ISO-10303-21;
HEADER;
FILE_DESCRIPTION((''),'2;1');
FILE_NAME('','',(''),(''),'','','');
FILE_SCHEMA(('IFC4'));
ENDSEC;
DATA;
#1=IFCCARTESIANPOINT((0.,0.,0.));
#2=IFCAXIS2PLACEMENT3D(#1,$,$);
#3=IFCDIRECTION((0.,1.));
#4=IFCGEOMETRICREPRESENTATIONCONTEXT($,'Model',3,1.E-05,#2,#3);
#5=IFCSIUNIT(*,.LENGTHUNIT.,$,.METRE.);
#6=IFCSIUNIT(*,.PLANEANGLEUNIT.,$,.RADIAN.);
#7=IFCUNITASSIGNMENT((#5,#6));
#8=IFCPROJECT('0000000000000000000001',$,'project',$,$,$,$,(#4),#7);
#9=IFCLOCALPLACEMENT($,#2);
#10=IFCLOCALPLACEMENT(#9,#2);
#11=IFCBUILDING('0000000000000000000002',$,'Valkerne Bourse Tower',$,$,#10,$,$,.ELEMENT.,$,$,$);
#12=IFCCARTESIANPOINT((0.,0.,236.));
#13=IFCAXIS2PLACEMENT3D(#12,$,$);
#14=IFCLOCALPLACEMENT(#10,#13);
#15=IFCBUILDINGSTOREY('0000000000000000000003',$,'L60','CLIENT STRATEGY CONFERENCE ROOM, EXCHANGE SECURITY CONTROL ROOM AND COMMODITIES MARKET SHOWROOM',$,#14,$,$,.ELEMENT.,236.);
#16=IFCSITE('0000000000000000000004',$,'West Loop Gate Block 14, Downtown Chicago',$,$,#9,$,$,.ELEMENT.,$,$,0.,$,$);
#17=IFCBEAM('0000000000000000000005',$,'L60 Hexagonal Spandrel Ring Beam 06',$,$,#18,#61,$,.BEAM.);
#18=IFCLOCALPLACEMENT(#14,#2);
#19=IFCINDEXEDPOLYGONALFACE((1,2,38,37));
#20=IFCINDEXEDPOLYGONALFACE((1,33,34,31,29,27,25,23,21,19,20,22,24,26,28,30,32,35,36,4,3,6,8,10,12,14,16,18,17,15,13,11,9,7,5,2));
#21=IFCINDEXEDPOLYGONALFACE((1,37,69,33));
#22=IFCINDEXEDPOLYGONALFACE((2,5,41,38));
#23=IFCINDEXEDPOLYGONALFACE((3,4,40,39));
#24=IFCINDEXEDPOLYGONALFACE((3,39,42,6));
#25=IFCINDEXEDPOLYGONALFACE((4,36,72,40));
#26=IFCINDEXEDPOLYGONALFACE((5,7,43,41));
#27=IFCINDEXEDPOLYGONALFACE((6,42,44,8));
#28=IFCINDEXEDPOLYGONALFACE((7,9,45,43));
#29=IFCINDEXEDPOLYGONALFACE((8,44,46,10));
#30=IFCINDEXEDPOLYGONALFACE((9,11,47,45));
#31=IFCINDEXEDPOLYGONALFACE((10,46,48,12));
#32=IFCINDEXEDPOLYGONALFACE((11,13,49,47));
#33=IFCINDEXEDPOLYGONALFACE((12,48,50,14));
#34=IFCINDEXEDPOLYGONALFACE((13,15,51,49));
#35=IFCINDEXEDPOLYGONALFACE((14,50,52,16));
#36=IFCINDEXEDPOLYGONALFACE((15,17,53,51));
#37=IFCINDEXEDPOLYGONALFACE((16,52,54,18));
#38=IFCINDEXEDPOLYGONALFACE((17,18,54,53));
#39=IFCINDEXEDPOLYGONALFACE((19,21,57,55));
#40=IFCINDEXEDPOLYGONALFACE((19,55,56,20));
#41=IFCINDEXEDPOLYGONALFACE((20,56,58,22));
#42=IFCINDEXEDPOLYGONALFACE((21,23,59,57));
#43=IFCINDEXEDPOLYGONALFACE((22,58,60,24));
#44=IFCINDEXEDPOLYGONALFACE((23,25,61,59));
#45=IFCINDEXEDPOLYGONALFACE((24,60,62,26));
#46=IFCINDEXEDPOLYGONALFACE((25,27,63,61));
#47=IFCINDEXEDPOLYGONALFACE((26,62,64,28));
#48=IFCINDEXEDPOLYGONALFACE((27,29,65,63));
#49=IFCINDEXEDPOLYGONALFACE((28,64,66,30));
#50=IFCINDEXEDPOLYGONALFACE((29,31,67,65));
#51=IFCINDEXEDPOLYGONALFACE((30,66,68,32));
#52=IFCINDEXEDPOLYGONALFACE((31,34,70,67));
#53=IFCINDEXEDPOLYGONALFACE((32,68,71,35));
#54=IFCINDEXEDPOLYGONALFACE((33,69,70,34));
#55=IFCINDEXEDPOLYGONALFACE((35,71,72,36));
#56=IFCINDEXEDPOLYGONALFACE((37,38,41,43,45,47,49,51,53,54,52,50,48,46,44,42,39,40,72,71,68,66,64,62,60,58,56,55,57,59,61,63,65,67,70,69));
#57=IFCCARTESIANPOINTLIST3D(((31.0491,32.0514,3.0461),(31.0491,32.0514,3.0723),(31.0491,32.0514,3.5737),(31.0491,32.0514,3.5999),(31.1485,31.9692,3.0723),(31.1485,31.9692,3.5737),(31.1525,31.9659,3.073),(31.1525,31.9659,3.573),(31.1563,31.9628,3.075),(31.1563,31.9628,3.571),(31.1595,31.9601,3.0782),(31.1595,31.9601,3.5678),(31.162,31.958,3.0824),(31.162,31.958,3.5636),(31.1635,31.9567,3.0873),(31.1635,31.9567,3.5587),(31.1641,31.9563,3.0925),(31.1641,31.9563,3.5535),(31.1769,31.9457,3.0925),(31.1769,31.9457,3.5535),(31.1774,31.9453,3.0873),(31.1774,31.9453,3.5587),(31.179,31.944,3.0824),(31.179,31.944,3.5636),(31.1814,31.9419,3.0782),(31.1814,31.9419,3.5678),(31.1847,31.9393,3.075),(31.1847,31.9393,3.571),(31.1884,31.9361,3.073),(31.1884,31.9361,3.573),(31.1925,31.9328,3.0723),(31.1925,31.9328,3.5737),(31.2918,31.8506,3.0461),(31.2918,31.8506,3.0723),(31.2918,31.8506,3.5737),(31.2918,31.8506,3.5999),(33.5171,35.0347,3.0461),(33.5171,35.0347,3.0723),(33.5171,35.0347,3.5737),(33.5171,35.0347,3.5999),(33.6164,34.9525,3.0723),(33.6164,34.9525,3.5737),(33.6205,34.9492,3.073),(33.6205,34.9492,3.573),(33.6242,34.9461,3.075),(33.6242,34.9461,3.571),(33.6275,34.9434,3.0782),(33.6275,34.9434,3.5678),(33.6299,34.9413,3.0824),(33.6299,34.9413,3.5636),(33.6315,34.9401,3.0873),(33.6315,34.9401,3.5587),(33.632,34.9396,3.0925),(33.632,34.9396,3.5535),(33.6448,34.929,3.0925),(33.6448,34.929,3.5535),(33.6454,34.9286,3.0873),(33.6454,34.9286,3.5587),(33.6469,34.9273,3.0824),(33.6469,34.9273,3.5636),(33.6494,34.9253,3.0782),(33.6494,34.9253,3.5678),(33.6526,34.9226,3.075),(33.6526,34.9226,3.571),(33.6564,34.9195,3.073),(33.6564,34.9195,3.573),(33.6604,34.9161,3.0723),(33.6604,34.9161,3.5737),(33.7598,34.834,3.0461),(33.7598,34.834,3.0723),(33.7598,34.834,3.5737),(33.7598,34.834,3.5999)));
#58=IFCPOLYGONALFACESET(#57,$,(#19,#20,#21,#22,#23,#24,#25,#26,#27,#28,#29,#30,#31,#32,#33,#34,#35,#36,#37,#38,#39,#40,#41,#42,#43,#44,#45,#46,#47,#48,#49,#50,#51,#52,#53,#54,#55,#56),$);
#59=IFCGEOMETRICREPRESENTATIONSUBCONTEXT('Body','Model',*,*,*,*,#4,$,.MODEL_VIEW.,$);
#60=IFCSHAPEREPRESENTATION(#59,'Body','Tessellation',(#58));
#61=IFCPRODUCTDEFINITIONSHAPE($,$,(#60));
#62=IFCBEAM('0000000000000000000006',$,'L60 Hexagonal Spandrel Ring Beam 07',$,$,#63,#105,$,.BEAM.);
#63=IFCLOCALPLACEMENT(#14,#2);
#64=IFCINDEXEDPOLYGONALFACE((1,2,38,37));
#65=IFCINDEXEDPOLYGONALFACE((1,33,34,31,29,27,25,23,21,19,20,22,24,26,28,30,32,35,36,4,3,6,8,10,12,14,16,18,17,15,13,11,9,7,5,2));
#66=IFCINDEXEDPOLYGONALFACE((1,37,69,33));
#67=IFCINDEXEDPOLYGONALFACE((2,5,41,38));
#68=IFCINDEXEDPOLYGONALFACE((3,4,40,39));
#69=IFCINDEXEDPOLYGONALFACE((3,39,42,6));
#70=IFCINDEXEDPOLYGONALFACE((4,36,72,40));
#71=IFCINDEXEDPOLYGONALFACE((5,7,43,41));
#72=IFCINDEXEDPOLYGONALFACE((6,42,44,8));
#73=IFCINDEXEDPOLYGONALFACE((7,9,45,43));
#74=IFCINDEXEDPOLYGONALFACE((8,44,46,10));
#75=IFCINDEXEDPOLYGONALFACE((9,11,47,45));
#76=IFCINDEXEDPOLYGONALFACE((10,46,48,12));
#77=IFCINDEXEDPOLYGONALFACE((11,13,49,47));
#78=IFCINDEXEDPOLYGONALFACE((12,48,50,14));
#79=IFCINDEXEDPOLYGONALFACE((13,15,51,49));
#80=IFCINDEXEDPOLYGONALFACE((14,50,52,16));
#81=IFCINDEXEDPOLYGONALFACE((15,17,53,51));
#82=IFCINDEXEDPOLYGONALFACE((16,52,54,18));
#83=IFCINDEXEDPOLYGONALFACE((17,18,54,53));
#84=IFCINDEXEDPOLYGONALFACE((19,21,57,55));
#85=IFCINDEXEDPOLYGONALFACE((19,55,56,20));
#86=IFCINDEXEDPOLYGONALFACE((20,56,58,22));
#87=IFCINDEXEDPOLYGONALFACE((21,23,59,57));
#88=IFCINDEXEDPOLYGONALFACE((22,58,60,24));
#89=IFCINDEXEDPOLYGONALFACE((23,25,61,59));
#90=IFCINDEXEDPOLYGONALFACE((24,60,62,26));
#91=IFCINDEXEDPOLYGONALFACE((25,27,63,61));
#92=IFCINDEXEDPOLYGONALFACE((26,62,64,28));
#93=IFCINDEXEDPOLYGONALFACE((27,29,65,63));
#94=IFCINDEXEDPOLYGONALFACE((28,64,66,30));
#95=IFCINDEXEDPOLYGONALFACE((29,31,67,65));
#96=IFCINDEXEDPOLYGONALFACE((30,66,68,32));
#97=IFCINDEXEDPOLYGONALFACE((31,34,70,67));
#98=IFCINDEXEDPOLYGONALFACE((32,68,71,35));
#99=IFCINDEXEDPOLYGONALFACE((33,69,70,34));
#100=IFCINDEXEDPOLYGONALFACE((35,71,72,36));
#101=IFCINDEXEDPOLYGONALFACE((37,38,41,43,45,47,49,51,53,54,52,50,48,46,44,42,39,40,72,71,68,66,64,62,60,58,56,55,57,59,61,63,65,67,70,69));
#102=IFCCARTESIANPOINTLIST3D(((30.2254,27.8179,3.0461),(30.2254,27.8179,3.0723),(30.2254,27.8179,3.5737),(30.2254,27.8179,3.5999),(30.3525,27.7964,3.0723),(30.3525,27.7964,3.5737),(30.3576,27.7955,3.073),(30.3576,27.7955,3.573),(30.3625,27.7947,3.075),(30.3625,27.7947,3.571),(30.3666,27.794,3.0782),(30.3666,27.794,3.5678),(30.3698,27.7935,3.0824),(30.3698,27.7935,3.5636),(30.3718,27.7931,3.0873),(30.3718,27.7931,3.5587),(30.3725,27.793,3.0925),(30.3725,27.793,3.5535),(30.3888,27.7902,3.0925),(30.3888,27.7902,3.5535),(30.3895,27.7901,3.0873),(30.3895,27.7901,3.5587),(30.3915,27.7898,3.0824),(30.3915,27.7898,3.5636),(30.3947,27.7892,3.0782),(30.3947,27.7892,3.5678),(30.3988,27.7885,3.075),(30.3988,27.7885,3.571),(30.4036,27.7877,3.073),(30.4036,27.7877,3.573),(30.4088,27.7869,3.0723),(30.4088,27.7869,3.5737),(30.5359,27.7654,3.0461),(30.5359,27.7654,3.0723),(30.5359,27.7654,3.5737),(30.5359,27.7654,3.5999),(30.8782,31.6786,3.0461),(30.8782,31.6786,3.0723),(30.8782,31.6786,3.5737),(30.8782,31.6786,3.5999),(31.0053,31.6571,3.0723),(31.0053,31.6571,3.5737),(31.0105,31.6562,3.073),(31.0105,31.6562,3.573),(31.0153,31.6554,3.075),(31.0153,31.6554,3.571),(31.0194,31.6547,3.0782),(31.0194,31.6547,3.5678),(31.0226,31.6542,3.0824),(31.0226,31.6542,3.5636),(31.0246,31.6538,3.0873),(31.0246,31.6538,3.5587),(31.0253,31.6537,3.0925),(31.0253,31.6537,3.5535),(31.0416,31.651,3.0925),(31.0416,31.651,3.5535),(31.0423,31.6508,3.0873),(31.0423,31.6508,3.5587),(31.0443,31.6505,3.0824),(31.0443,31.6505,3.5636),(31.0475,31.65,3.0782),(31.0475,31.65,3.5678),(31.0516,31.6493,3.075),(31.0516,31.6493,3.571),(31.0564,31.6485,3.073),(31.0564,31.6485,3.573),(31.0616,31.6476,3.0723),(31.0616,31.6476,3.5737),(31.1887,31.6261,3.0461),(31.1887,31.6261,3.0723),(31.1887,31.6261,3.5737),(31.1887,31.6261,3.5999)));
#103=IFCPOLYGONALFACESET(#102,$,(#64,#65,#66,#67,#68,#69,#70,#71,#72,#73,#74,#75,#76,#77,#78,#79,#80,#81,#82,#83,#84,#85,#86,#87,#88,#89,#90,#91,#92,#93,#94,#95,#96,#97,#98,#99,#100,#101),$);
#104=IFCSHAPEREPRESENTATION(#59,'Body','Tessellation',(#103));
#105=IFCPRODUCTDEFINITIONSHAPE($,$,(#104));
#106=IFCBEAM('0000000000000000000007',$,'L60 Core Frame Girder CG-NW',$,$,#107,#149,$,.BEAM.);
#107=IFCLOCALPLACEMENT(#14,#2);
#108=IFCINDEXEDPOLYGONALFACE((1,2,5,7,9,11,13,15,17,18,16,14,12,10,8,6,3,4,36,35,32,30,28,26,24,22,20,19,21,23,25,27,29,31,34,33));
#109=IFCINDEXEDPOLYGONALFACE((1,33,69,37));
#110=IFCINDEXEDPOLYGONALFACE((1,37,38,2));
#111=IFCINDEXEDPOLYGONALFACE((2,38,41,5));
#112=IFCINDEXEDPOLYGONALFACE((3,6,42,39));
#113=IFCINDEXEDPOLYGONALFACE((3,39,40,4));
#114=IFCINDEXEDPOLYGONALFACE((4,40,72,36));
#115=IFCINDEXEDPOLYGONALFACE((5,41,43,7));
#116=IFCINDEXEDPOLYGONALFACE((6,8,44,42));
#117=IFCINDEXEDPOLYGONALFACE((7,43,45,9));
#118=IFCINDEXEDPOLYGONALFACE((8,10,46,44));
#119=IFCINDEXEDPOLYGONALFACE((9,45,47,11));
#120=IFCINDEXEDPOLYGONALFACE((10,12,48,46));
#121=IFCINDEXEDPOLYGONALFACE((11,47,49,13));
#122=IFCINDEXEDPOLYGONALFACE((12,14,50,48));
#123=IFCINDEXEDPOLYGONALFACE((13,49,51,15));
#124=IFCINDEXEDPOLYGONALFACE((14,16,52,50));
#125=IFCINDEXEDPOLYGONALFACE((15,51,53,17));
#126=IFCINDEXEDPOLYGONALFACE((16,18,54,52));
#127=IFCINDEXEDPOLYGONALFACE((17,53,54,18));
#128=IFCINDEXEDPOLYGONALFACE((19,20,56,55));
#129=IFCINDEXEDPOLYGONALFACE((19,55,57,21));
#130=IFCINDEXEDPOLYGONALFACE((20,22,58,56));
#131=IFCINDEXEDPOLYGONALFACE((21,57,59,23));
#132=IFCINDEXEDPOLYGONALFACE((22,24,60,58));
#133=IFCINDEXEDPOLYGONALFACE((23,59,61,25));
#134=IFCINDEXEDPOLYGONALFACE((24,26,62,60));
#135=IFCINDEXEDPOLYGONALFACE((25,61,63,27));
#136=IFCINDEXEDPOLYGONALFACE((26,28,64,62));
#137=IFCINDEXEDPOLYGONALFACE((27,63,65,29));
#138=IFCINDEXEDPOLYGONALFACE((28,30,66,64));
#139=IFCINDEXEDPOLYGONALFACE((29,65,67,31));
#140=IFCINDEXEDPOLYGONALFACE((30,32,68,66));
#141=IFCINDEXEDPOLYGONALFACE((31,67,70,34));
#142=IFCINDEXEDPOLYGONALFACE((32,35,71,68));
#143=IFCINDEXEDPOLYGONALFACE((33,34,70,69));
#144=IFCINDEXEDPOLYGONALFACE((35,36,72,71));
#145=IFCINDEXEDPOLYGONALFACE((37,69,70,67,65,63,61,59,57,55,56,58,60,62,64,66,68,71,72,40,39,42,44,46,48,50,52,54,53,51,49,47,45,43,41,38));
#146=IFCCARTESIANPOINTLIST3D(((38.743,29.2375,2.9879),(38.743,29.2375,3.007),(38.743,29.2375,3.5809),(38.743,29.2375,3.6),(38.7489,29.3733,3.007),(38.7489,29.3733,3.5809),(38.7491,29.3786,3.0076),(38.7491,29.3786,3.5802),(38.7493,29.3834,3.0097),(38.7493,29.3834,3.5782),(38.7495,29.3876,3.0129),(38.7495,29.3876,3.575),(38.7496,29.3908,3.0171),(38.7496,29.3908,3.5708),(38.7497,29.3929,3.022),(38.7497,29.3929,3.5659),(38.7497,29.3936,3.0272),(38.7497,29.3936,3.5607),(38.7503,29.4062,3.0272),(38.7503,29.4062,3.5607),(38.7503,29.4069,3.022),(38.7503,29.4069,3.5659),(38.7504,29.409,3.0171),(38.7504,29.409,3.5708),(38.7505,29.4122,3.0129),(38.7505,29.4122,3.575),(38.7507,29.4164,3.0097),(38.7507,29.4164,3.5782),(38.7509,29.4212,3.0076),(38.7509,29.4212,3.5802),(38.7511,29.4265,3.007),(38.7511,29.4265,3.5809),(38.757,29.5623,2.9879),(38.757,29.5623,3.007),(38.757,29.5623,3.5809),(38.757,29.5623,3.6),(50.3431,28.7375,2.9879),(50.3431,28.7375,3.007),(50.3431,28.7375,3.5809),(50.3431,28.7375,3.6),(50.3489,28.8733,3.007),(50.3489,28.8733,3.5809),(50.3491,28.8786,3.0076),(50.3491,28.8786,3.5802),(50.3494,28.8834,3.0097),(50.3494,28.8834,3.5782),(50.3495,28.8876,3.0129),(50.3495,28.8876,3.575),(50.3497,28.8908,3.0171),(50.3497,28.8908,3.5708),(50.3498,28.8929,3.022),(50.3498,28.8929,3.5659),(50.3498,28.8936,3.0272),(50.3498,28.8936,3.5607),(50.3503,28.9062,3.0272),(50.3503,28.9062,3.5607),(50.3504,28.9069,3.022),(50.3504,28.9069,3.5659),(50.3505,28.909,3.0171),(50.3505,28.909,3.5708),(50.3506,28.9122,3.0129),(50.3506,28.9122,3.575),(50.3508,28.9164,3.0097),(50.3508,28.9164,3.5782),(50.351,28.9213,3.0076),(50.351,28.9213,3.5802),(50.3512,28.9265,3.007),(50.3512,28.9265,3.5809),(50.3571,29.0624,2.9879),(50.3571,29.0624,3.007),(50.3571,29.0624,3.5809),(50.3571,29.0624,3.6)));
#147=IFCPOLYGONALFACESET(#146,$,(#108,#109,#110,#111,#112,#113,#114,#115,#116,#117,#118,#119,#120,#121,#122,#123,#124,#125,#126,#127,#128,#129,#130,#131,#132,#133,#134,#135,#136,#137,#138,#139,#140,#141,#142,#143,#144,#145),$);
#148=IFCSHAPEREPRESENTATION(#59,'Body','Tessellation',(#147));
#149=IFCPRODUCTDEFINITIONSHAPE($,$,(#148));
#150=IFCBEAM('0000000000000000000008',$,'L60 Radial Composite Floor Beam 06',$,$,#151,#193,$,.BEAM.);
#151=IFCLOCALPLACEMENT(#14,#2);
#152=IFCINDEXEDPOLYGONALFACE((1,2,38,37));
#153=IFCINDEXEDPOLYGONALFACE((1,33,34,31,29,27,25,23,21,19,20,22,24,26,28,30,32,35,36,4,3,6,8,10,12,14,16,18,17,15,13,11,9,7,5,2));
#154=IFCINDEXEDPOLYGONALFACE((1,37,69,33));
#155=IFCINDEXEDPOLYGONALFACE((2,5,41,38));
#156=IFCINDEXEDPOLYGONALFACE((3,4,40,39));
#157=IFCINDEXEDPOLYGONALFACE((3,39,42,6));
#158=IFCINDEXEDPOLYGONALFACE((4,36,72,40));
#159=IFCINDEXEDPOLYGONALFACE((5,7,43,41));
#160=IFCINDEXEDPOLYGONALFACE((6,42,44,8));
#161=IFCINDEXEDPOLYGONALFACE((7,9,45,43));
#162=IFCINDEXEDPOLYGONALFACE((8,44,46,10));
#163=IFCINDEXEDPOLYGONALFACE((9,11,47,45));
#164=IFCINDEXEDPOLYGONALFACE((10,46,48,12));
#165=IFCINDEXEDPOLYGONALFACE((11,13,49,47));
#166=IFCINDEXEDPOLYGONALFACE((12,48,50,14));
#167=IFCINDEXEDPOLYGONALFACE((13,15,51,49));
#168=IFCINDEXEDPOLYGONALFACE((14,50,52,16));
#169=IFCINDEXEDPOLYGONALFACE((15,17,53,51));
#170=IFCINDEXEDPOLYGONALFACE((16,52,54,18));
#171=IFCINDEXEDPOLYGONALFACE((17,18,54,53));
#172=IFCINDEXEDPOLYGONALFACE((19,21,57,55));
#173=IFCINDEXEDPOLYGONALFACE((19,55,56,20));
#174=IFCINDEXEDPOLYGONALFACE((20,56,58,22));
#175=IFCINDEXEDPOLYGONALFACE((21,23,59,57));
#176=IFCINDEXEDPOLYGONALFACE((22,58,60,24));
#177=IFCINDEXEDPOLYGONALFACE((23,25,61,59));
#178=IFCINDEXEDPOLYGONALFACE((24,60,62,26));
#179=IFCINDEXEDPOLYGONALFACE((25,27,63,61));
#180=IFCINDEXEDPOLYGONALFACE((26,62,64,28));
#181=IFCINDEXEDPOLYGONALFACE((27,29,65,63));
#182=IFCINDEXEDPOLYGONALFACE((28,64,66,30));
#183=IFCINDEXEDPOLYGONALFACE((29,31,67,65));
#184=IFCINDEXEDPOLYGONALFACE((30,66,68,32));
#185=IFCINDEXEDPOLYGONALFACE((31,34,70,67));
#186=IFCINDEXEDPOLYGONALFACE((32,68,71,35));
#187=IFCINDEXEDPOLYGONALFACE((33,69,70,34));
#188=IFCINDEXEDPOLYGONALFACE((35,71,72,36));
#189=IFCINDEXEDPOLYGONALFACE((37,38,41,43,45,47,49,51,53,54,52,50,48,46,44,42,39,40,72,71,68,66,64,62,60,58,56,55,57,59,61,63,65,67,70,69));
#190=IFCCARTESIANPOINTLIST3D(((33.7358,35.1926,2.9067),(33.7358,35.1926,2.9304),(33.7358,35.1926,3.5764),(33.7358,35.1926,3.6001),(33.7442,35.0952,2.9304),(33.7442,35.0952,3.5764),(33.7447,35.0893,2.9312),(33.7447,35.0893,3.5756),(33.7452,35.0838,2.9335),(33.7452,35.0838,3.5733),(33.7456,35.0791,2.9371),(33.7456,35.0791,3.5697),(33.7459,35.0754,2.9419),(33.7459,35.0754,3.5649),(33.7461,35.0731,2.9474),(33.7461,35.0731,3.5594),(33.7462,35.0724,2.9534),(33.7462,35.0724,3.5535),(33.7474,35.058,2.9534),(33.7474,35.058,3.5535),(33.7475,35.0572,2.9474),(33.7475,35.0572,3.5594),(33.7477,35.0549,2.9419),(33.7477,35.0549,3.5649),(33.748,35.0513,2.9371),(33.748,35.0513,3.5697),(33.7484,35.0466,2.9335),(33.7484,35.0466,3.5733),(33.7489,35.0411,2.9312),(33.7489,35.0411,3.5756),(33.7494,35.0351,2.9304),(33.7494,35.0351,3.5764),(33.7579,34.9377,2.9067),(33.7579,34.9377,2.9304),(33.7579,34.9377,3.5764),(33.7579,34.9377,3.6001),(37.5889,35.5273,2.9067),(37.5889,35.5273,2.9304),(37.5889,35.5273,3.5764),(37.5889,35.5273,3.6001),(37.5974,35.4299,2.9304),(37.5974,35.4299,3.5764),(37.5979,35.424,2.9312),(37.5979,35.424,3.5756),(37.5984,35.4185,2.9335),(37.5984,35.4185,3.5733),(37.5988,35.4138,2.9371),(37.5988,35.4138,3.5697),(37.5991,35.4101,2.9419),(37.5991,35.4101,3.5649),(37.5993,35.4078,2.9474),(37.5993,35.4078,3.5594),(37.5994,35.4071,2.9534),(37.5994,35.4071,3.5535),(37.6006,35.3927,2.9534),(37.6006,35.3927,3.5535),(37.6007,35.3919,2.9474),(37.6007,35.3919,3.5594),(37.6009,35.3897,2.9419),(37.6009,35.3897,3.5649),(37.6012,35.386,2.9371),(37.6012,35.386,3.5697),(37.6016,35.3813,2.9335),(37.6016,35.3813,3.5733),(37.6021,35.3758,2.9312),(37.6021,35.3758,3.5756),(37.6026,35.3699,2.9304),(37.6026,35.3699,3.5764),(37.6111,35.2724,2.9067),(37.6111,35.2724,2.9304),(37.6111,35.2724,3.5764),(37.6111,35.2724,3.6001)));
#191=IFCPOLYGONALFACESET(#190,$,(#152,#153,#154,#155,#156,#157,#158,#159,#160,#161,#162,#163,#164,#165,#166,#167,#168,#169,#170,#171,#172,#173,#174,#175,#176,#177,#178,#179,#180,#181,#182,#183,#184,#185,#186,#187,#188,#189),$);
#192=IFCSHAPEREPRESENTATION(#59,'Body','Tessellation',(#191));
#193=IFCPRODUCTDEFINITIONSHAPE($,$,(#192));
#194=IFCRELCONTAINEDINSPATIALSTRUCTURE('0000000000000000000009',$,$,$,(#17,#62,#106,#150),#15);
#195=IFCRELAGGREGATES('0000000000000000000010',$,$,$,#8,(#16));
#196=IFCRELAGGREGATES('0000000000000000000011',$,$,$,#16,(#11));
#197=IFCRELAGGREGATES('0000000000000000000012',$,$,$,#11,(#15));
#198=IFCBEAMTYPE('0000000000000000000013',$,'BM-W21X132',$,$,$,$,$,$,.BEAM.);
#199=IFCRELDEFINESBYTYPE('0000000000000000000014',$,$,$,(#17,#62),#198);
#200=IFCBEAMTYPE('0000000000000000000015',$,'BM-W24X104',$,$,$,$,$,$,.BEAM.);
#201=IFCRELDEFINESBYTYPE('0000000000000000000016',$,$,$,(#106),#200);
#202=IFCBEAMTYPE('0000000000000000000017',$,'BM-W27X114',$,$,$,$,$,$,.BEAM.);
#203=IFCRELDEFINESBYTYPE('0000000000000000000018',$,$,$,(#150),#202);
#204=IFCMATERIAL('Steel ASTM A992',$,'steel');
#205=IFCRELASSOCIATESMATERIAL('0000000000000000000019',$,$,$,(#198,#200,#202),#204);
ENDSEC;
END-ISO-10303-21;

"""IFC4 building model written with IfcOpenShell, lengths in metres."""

from ifc_helpers import new_model, si_unit, direction, frame, origin, origin_2d, place, context, subcontext, project, spatial, i_section, extrude, material, material_profile, profile_set, type_object, element, save


model = new_model("IFC4")

# Units and contexts
model_context = context("Model", 3, precision=1e-05, world=origin(), true_north=direction((0.0, 1.0)))
body_context = subcontext(model_context, "Body", "Model", "MODEL_VIEW")
ifc_project = project(units=[si_unit("LENGTHUNIT", "METRE"), si_unit("PLANEANGLEUNIT", "RADIAN")], contexts=[model_context])

# Site, building, storey
site_placement = place(None, origin())
site = spatial("IfcSite", under=ifc_project, at=site_placement, Name="West Loop Gate Block 14, Downtown Chicago", CompositionType="ELEMENT", RefElevation=0.0)
building_placement = place(site_placement, origin())
building = spatial("IfcBuilding", under=site, at=building_placement, Name="Valkerne Bourse Tower", CompositionType="ELEMENT")
storey_placement = place(building_placement, frame((0.0, 0.0, 236.0)))
storey = spatial("IfcBuildingStorey", under=building, at=storey_placement, Name="L60", Description="CLIENT STRATEGY CONFERENCE ROOM, EXCHANGE SECURITY CONTROL ROOM AND COMMODITIES MARKET SHOWROOM", CompositionType="ELEMENT", Elevation=236.0)

# Beams
ifc_material_1 = material(Name="Steel ASTM A992", Category="steel")
ifc_material_profile_1 = material_profile(ifc_material_1, i_section(OverallWidth=0.3149, OverallDepth=0.5537, WebThickness=0.0166, FlangeThickness=0.0261, FilletRadius=0.0203, at=origin_2d()), Name="W21X132")
ifc_profile_set_1 = profile_set([ifc_material_profile_1], Name="Steel ASTM A992")
beam_type_1 = type_object("IfcBeamType", Name="BM-W21X132", PredefinedType="BEAM", material=ifc_profile_set_1)
beam_1_placement = place(storey_placement, frame((33.6384, 34.9343, 3.323), z_axis=(-0.637414, -0.770521, 0.0), x_axis=(0.770521, -0.637414, 0.0)))
element("IfcBeam", 1, at=beam_1_placement, inside=storey, type_object=beam_type_1, Name="L60 Hexagonal Spandrel Ring Beam 06", PredefinedType="BEAM", context=body_context, shape_type="SweptSolid", body=[
    extrude(i_section(OverallWidth=0.3149, OverallDepth=0.5537, WebThickness=0.0166, FlangeThickness=0.0261, FilletRadius=0.0203, at=origin_2d()), origin(), (0.0, 0.0, 1.0), 3.8718),
])
beam_2_placement = place(storey_placement, frame((31.0334, 31.6523, 3.323), z_axis=(-0.166724, -0.986004, 0.0), x_axis=(0.986004, -0.166724, 0.0)))
element("IfcBeam", 2, at=beam_2_placement, inside=storey, type_object=beam_type_1, Name="L60 Hexagonal Spandrel Ring Beam 07", PredefinedType="BEAM", context=body_context, shape_type="SweptSolid", body=[
    extrude(i_section(OverallWidth=0.3149, OverallDepth=0.5537, WebThickness=0.0166, FlangeThickness=0.0261, FilletRadius=0.0203, at=origin_2d()), origin(), (0.0, 0.0, 1.0), 3.9155),
])
ifc_material_profile_2 = material_profile(ifc_material_1, i_section(OverallWidth=0.3252, OverallDepth=0.6121, WebThickness=0.0127, FlangeThickness=0.019, FilletRadius=0.0203, at=origin_2d()), Name="W24X104")
ifc_profile_set_2 = profile_set([ifc_material_profile_2], Name="Steel ASTM A992")
beam_type_2 = type_object("IfcBeamType", Name="BM-W24X104", PredefinedType="BEAM", material=ifc_profile_set_2)
beam_3_placement = place(storey_placement, frame((38.75, 29.3999, 3.2939), z_axis=(0.999072, -0.043063, 0.0), x_axis=(0.043063, 0.999072, 0.0)))
element("IfcBeam", 3, at=beam_3_placement, inside=storey, type_object=beam_type_2, Name="L60 Core Frame Girder CG-NW", PredefinedType="BEAM", context=body_context, shape_type="SweptSolid", body=[
    extrude(i_section(OverallWidth=0.3252, OverallDepth=0.6121, WebThickness=0.0127, FlangeThickness=0.019, FilletRadius=0.0203, at=origin_2d()), origin(), (0.0, 0.0, 1.0), 11.6108),
])
ifc_material_profile_3 = material_profile(ifc_material_1, i_section(OverallWidth=0.2559, OverallDepth=0.6934, WebThickness=0.0144, FlangeThickness=0.0237, FilletRadius=0.0229, at=origin_2d()), Name="W27X114")
ifc_profile_set_3 = profile_set([ifc_material_profile_3], Name="Steel ASTM A992")
beam_type_3 = type_object("IfcBeamType", Name="BM-W27X114", PredefinedType="BEAM", material=ifc_profile_set_3)
beam_4_placement = place(storey_placement, frame((33.7468, 35.0652, 3.2534), z_axis=(0.996248, 0.08654, 0.0), x_axis=(-0.08654, 0.996248, 0.0)))
element("IfcBeam", 4, at=beam_4_placement, inside=storey, type_object=beam_type_3, Name="L60 Radial Composite Floor Beam 06", PredefinedType="BEAM", context=body_context, shape_type="SweptSolid", body=[
    extrude(i_section(OverallWidth=0.2559, OverallDepth=0.6934, WebThickness=0.0144, FlangeThickness=0.0237, FilletRadius=0.0229, at=origin_2d()), origin(), (0.0, 0.0, 1.0), 3.8677),
])

save(model, "model.ifc")
